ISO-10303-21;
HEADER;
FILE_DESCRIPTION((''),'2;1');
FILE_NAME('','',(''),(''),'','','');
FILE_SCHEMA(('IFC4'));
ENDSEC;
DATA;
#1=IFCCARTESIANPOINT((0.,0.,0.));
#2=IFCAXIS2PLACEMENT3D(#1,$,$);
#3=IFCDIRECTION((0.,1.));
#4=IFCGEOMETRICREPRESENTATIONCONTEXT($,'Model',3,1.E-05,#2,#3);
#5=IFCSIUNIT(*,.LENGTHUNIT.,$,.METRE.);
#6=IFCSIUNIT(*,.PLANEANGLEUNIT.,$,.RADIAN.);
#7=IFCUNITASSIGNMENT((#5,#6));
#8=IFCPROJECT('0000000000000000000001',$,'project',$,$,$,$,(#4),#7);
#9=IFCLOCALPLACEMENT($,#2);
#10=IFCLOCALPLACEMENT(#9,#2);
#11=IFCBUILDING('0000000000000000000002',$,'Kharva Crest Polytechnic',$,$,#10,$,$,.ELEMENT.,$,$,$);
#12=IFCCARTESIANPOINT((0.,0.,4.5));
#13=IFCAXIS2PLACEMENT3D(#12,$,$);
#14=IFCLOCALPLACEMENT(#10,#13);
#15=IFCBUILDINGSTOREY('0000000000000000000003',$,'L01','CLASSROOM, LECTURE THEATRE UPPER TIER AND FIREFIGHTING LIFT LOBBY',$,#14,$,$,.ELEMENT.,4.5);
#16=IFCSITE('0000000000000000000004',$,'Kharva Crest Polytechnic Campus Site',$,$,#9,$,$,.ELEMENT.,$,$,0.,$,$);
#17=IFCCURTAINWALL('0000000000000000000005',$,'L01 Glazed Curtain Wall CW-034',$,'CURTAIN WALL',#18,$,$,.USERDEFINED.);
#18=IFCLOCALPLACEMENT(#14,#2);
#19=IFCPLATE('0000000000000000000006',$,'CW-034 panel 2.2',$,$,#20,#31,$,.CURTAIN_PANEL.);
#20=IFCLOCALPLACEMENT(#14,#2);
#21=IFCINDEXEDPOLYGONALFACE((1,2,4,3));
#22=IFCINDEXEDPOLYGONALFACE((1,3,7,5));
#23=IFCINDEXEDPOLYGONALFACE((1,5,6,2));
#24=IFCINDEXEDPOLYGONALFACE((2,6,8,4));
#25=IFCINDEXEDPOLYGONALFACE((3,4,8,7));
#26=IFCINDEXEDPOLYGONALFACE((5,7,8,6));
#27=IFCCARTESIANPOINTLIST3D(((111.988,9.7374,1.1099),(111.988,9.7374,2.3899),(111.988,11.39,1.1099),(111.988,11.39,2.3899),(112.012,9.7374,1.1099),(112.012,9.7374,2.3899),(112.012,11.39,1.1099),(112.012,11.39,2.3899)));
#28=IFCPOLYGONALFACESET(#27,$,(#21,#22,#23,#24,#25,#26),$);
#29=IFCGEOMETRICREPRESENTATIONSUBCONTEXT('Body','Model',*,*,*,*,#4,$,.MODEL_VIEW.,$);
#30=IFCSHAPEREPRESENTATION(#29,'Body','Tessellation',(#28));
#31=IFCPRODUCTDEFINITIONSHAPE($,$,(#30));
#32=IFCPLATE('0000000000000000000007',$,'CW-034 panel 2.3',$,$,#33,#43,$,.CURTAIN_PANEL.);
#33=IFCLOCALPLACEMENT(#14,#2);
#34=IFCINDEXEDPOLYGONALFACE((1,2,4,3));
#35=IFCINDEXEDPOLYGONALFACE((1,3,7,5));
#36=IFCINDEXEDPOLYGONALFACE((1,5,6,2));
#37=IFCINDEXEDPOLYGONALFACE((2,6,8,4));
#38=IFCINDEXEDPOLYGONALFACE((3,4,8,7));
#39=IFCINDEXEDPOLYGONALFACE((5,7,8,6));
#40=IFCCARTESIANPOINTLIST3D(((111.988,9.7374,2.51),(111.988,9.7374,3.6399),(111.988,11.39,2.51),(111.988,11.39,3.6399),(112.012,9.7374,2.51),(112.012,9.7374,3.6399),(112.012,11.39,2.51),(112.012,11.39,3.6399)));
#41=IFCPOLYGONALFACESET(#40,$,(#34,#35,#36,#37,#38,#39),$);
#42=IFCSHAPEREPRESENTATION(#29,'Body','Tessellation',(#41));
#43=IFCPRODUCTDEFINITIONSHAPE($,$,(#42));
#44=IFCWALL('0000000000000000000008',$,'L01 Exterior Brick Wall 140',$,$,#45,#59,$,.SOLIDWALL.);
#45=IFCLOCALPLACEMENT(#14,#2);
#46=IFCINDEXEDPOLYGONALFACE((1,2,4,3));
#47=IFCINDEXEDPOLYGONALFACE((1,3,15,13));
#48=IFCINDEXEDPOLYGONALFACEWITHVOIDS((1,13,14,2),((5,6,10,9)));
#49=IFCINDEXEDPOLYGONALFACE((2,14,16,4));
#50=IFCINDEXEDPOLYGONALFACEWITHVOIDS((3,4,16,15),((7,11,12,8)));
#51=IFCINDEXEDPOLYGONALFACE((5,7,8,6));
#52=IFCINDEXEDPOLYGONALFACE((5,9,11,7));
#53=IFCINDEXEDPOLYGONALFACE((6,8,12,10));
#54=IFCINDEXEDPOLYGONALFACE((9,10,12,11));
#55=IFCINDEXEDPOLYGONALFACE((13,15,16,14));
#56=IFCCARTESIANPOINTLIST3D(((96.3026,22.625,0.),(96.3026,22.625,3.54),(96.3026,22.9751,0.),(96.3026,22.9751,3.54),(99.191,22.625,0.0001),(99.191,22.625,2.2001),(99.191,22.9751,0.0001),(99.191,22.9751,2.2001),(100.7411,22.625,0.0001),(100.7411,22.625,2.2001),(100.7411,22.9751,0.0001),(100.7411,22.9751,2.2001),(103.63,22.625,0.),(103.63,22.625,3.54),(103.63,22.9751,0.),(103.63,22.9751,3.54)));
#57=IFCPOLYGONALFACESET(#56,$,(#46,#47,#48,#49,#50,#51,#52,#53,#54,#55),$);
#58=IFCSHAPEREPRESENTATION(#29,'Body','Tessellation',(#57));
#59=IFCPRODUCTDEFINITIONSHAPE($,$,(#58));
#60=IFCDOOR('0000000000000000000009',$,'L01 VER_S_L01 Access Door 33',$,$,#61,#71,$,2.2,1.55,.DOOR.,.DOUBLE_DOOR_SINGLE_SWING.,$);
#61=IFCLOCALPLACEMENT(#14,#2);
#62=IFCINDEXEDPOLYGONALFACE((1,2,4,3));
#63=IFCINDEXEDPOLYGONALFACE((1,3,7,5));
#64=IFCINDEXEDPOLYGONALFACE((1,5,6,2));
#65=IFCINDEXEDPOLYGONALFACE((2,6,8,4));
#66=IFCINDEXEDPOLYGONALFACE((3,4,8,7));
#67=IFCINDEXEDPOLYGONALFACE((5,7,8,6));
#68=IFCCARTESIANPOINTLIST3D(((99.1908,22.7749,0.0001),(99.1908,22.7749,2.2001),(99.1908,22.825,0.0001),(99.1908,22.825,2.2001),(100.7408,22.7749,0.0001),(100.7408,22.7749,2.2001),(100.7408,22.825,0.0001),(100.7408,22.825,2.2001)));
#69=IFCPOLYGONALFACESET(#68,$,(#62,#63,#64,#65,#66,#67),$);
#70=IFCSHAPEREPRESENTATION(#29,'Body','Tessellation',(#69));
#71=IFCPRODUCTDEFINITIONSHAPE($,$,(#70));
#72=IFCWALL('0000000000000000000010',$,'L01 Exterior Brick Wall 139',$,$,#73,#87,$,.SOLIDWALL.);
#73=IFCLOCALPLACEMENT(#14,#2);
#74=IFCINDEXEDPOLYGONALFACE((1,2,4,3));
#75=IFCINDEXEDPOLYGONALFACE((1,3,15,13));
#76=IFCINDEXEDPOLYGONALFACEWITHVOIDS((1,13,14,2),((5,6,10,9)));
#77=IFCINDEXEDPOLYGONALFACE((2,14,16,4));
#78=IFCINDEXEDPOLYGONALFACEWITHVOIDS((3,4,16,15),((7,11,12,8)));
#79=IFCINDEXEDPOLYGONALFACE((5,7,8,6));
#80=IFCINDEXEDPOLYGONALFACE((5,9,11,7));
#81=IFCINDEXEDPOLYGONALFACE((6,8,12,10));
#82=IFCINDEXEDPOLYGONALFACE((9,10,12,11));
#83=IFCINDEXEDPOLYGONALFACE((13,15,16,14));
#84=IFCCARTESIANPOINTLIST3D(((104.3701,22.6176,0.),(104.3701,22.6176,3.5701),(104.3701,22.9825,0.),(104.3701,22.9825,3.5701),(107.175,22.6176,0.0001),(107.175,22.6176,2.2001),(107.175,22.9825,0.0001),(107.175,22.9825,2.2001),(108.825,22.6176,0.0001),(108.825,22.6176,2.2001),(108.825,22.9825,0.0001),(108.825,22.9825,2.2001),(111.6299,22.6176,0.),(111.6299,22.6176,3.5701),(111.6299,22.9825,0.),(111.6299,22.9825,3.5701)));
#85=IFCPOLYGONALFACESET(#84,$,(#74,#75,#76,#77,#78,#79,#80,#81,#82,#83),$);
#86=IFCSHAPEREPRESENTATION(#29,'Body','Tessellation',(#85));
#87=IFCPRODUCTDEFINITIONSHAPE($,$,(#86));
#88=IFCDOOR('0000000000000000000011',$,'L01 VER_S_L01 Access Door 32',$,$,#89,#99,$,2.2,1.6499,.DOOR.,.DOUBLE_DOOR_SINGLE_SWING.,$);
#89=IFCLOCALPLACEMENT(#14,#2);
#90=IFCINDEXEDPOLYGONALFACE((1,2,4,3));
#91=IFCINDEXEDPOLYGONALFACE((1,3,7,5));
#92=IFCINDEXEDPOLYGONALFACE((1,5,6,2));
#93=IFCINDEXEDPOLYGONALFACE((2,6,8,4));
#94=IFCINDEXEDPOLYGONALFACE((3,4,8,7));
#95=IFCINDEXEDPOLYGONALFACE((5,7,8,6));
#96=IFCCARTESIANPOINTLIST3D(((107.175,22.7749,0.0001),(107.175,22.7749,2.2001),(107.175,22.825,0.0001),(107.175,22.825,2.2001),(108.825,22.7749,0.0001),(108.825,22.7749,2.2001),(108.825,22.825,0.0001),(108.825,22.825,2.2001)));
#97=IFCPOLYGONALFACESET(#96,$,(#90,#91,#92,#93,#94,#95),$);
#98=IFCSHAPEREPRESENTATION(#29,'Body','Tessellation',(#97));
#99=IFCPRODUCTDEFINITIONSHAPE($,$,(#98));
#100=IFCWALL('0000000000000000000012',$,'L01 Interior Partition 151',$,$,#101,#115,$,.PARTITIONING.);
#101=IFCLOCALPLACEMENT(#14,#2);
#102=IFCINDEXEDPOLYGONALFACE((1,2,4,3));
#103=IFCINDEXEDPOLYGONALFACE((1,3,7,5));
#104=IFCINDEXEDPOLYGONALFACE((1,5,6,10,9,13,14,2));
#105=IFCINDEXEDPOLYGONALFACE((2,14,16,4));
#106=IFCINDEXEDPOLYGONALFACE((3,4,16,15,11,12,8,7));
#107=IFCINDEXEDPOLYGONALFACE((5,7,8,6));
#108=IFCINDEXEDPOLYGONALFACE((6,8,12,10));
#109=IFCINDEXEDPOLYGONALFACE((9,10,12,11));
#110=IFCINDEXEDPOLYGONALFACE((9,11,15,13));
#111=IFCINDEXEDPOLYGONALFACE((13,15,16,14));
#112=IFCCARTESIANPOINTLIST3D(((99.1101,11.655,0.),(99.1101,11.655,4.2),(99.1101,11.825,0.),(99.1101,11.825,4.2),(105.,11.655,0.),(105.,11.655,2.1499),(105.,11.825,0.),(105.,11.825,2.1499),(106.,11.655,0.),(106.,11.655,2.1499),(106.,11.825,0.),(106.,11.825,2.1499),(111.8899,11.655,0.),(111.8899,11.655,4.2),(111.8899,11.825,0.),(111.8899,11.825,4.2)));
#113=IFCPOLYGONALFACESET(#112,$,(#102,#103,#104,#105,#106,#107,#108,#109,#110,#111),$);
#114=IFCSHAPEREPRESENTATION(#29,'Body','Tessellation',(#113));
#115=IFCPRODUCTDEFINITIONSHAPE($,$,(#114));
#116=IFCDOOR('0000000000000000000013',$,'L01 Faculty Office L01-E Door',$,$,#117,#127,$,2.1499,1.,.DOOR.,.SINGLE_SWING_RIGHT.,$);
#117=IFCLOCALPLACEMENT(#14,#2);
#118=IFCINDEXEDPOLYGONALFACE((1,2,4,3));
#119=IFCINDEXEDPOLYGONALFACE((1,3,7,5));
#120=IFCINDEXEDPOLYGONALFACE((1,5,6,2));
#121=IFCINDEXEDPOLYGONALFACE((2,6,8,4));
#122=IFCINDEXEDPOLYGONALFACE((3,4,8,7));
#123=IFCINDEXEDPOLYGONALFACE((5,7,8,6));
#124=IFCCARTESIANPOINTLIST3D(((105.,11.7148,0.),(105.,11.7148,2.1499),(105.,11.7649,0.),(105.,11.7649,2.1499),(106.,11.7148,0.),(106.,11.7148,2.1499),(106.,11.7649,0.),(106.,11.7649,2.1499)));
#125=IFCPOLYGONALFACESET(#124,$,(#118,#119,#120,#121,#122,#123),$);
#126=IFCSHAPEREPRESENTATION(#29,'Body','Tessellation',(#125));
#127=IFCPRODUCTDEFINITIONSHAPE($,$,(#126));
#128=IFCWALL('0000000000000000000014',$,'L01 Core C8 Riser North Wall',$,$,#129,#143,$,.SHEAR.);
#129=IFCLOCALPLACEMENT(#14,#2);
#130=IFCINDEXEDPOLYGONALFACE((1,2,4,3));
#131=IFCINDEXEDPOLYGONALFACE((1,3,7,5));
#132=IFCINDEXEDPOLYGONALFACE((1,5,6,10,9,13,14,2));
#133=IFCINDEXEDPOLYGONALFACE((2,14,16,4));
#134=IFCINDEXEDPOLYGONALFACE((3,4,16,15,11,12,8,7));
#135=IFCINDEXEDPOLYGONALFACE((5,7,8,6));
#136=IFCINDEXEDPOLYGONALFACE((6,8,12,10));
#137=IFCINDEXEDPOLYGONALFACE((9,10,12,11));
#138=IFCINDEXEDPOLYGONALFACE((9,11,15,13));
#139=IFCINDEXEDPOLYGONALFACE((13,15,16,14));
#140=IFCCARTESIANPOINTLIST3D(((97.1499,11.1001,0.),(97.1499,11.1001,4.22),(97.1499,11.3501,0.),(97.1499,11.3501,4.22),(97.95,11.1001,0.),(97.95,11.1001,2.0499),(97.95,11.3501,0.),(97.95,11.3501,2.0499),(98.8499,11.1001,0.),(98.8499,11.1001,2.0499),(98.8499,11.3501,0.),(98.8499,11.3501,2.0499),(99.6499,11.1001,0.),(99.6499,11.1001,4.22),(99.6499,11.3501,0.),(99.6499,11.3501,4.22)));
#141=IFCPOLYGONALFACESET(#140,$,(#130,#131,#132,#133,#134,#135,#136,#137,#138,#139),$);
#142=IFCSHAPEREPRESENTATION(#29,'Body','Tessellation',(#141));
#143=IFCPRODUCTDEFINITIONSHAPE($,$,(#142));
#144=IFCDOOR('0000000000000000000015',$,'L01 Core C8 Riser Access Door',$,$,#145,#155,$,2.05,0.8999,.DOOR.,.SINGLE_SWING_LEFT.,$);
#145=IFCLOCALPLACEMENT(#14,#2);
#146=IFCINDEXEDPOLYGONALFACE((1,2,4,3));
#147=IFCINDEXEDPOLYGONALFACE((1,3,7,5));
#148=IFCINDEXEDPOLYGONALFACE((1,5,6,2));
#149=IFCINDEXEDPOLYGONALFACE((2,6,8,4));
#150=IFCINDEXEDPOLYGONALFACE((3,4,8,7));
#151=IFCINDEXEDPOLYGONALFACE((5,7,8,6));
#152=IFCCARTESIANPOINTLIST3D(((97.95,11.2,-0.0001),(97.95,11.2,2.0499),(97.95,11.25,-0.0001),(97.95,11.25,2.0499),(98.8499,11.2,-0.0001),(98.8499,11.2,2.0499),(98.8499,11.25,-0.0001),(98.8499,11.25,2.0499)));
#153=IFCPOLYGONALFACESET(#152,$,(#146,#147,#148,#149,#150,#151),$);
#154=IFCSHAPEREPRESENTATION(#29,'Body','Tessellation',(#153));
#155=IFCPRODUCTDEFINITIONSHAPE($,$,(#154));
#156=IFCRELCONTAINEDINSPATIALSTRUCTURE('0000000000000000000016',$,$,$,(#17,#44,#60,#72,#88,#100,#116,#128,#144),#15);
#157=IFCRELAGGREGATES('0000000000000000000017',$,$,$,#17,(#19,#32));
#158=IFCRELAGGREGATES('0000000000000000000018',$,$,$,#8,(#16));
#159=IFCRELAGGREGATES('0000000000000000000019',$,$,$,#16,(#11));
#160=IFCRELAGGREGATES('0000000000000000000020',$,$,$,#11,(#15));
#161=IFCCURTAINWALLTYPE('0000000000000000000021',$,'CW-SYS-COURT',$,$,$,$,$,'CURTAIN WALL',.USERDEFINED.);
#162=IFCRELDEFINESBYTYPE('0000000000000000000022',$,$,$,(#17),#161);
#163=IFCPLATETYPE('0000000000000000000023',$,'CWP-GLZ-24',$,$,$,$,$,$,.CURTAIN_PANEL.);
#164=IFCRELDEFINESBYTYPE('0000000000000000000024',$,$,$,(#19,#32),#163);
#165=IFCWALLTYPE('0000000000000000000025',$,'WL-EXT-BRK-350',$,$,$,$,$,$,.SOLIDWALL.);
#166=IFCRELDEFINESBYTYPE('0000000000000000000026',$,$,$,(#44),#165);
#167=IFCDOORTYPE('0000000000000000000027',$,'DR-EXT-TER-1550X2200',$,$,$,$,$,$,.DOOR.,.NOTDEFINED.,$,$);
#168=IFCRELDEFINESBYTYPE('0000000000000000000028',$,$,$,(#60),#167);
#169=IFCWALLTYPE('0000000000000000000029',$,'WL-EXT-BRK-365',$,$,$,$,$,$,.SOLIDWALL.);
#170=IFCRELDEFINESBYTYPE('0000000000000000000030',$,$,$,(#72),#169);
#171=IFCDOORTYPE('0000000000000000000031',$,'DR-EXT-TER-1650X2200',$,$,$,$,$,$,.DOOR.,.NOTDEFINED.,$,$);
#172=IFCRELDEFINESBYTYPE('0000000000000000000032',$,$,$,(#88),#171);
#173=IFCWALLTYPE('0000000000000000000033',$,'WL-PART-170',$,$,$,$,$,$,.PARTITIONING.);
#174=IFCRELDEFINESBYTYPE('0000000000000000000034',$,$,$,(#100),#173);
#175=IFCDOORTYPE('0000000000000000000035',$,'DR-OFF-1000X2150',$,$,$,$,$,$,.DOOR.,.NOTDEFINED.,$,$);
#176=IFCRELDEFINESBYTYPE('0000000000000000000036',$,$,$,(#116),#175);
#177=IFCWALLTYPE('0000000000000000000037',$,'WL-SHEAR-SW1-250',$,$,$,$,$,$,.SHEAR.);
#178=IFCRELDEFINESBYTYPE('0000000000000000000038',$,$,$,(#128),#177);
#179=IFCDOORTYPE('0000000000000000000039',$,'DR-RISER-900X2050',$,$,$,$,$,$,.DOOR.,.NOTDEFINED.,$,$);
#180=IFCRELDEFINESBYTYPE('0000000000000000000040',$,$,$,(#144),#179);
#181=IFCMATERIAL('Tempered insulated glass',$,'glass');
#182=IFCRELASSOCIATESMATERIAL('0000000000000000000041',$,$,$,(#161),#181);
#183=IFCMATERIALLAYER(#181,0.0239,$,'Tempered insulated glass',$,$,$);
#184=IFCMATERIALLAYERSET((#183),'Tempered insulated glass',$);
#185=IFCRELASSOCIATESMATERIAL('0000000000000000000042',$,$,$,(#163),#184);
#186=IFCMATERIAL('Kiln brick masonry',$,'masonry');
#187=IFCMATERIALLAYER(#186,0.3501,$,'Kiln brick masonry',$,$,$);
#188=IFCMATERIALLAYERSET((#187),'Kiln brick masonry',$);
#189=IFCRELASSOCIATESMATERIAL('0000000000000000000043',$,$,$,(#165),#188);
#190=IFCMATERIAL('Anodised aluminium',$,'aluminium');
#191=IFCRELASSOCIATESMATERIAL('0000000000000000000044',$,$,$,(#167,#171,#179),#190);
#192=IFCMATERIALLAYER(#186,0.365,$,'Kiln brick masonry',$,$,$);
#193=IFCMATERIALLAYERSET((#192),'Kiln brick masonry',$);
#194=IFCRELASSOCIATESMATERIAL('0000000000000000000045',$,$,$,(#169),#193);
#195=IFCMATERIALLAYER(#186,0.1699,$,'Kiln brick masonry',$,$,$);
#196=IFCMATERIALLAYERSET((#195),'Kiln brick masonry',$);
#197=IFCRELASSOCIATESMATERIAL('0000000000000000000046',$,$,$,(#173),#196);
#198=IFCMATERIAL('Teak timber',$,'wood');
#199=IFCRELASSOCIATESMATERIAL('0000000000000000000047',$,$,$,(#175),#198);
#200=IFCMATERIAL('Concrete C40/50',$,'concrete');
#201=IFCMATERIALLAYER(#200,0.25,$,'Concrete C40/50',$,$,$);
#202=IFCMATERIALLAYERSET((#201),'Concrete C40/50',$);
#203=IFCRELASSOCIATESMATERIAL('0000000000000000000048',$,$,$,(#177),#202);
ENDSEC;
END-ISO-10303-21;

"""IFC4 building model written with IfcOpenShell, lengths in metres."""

from ifc_helpers import new_model, si_unit, direction, frame, frame_2d, origin, origin_2d, place, context, subcontext, project, spatial, rectangle, extrude, material, layer, layer_set, type_object, element, fill, aggregate, save


model = new_model("IFC4")

# Units and contexts
model_context = context("Model", 3, precision=1e-05, world=origin(), true_north=direction((0.0, 1.0)))
body_context = subcontext(model_context, "Body", "Model", "MODEL_VIEW")
ifc_project = project(units=[si_unit("LENGTHUNIT", "METRE"), si_unit("PLANEANGLEUNIT", "RADIAN")], contexts=[model_context])

# Site, building, storey
site_placement = place(None, origin())
site = spatial("IfcSite", under=ifc_project, at=site_placement, Name="Kharva Crest Polytechnic Campus Site", CompositionType="ELEMENT", RefElevation=0.0)
building_placement = place(site_placement, origin())
building = spatial("IfcBuilding", under=site, at=building_placement, Name="Kharva Crest Polytechnic", CompositionType="ELEMENT")
storey_placement = place(building_placement, frame((0.0, 0.0, 4.5)))
storey = spatial("IfcBuildingStorey", under=building, at=storey_placement, Name="L01", Description="CLASSROOM, LECTURE THEATRE UPPER TIER AND FIREFIGHTING LIFT LOBBY", CompositionType="ELEMENT", Elevation=4.5)

# Shared definitions
ifc_material_1 = material(Name="Concrete C40/50", Category="concrete")

# Curtain wall
ifc_material_2 = material(Name="Tempered insulated glass", Category="glass")
curtain_wall_type = type_object("IfcCurtainWallType", Name="CW-SYS-COURT", ElementType="CURTAIN WALL", PredefinedType="USERDEFINED", material=ifc_material_2)
curtain_wall_placement = place(storey_placement, origin())
curtain_wall = element("IfcCurtainWall", 1, at=curtain_wall_placement, inside=storey, type_object=curtain_wall_type, Name="L01 Glazed Curtain Wall CW-034", ObjectType="CURTAIN WALL", PredefinedType="USERDEFINED")

# Plates
ifc_layer_1 = layer(ifc_material_2, 0.0239, Name="Tempered insulated glass")
ifc_layer_set_1 = layer_set([ifc_layer_1], Name="Tempered insulated glass")
plate_type = type_object("IfcPlateType", Name="CWP-GLZ-24", PredefinedType="CURTAIN_PANEL", material=ifc_layer_set_1)
plate_1_placement = place(storey_placement, frame((112.0, 10.5637, 1.1099), z_axis=(0.0, 0.0, 1.0), x_axis=(0.0, 1.0, 0.0)))
plate_1 = element("IfcPlate", 2, at=plate_1_placement, type_object=plate_type, Name="CW-034 panel 2.2", PredefinedType="CURTAIN_PANEL", context=body_context, shape_type="SweptSolid", body=[
    extrude(rectangle(XDim=1.6526, YDim=0.0239, at=origin_2d()), origin(), (0.0, 0.0, 1.0), 1.28),
])
plate_2_placement = place(storey_placement, frame((112.0, 10.5637, 2.51), z_axis=(0.0, 0.0, 1.0), x_axis=(0.0, 1.0, 0.0)))
plate_2 = element("IfcPlate", 3, at=plate_2_placement, type_object=plate_type, Name="CW-034 panel 2.3", PredefinedType="CURTAIN_PANEL", context=body_context, shape_type="SweptSolid", body=[
    extrude(rectangle(XDim=1.6526, YDim=0.0239, at=origin_2d()), origin(), (0.0, 0.0, 1.0), 1.1299),
])
aggregate(curtain_wall, [plate_1, plate_2])

# Walls, openings, doors
ifc_material_3 = material(Name="Kiln brick masonry", Category="masonry")
ifc_layer_2 = layer(ifc_material_3, 0.3501, Name="Kiln brick masonry")
ifc_layer_set_2 = layer_set([ifc_layer_2], Name="Kiln brick masonry")
wall_type_1 = type_object("IfcWallType", Name="WL-EXT-BRK-350", PredefinedType="SOLIDWALL", material=ifc_layer_set_2)
wall_1_placement = place(storey_placement, frame((103.6299, 22.8, 0.0), z_axis=(0.0, 0.0, 1.0), x_axis=(-1.0, 0.0, 0.0)))
wall_1 = element("IfcWall", 4, at=wall_1_placement, inside=storey, type_object=wall_type_1, Name="L01 Exterior Brick Wall 140", PredefinedType="SOLIDWALL", context=body_context, shape_type="SweptSolid", body=[
    extrude(rectangle(XDim=7.3274, YDim=0.3501, at=frame_2d((3.6636, 0.0))), origin(), (0.0, 0.0, 1.0), 3.54),
])
opening_1_placement = place(wall_1_placement, frame((2.8889, 0.0, 0.0)))
opening_1 = element("IfcOpeningElement", 5, at=opening_1_placement, cuts=wall_1, PredefinedType="OPENING", context=body_context, shape_type="SweptSolid", body=[
    extrude(rectangle(XDim=1.55, YDim=2.2, at=frame_2d((0.7749, 1.1001))), frame((0.0, 0.1851, 0.0), z_axis=(0.0, -1.0, 0.0), x_axis=(1.0, 0.0, 0.0)), (0.0, 0.0, 1.0), 0.3701),
])
ifc_material_4 = material(Name="Anodised aluminium", Category="aluminium")
door_type_1 = type_object("IfcDoorType", Name="DR-EXT-TER-1550X2200", OperationType="NOTDEFINED", PredefinedType="DOOR", material=ifc_material_4)
door_1_placement = place(opening_1_placement, frame((1.55, 0.0, 0.0), z_axis=(0.0, 0.0, 1.0), x_axis=(-1.0, 0.0, 0.0)))
door_1 = element("IfcDoor", 6, at=door_1_placement, inside=storey, type_object=door_type_1, Name="L01 VER_S_L01 Access Door 33", OperationType="DOUBLE_DOOR_SINGLE_SWING", OverallHeight=2.2, OverallWidth=1.55, PredefinedType="DOOR", context=body_context, shape_type="SweptSolid", body=[
    extrude(rectangle(XDim=1.55, YDim=2.2, at=frame_2d((0.7749, 1.1001))), frame((0.0, 0.0249, 0.0), z_axis=(0.0, -1.0, 0.0), x_axis=(1.0, 0.0, 0.0)), (0.0, 0.0, 1.0), 0.05),
])
fill(opening_1, door_1)
ifc_layer_3 = layer(ifc_material_3, 0.365, Name="Kiln brick masonry")
ifc_layer_set_3 = layer_set([ifc_layer_3], Name="Kiln brick masonry")
wall_type_2 = type_object("IfcWallType", Name="WL-EXT-BRK-365", PredefinedType="SOLIDWALL", material=ifc_layer_set_3)
wall_2_placement = place(storey_placement, frame((111.6299, 22.8, 0.0), z_axis=(0.0, 0.0, 1.0), x_axis=(-1.0, 0.0, 0.0)))
wall_2 = element("IfcWall", 7, at=wall_2_placement, inside=storey, type_object=wall_type_2, Name="L01 Exterior Brick Wall 139", PredefinedType="SOLIDWALL", context=body_context, shape_type="SweptSolid", body=[
    extrude(rectangle(XDim=7.2598, YDim=0.365, at=frame_2d((3.6299, 0.0))), origin(), (0.0, 0.0, 1.0), 3.5701),
])
opening_2_placement = place(wall_2_placement, frame((2.8049, 0.0, 0.0)))
opening_2 = element("IfcOpeningElement", 8, at=opening_2_placement, cuts=wall_2, PredefinedType="OPENING", context=body_context, shape_type="SweptSolid", body=[
    extrude(rectangle(XDim=1.6499, YDim=2.2, at=frame_2d((0.825, 1.1001))), frame((0.0, 0.1924, 0.0), z_axis=(0.0, -1.0, 0.0), x_axis=(1.0, 0.0, 0.0)), (0.0, 0.0, 1.0), 0.385),
])
door_type_2 = type_object("IfcDoorType", Name="DR-EXT-TER-1650X2200", OperationType="NOTDEFINED", PredefinedType="DOOR", material=ifc_material_4)
door_2_placement = place(opening_2_placement, frame((1.6499, 0.0, 0.0), z_axis=(0.0, 0.0, 1.0), x_axis=(-1.0, 0.0, 0.0)))
door_2 = element("IfcDoor", 9, at=door_2_placement, inside=storey, type_object=door_type_2, Name="L01 VER_S_L01 Access Door 32", OperationType="DOUBLE_DOOR_SINGLE_SWING", OverallHeight=2.2, OverallWidth=1.6499, PredefinedType="DOOR", context=body_context, shape_type="SweptSolid", body=[
    extrude(rectangle(XDim=1.6499, YDim=2.2, at=frame_2d((0.825, 1.1001))), frame((0.0, 0.0249, 0.0), z_axis=(0.0, -1.0, 0.0), x_axis=(1.0, 0.0, 0.0)), (0.0, 0.0, 1.0), 0.05),
])
fill(opening_2, door_2)
ifc_layer_4 = layer(ifc_material_3, 0.1699, Name="Kiln brick masonry")
ifc_layer_set_4 = layer_set([ifc_layer_4], Name="Kiln brick masonry")
wall_type_3 = type_object("IfcWallType", Name="WL-PART-170", PredefinedType="PARTITIONING", material=ifc_layer_set_4)
wall_3_placement = place(storey_placement, frame((99.1101, 11.74, 0.0), z_axis=(0.0, 0.0, 1.0), x_axis=(1.0, 0.0, 0.0)))
wall_3 = element("IfcWall", 10, at=wall_3_placement, inside=storey, type_object=wall_type_3, Name="L01 Interior Partition 151", PredefinedType="PARTITIONING", context=body_context, shape_type="SweptSolid", body=[
    extrude(rectangle(XDim=12.7798, YDim=0.1699, at=frame_2d((6.3899, 0.0))), origin(), (0.0, 0.0, 1.0), 4.2),
])
opening_3_placement = place(wall_3_placement, frame((5.8899, 0.0, 0.0)))
opening_3 = element("IfcOpeningElement", 11, at=opening_3_placement, cuts=wall_3, PredefinedType="OPENING", context=body_context, shape_type="SweptSolid", body=[
    extrude(rectangle(XDim=1.0, YDim=2.1499, at=frame_2d((0.5, 1.075))), frame((0.0, 0.095, 0.0), z_axis=(0.0, -1.0, 0.0), x_axis=(1.0, 0.0, 0.0)), (0.0, 0.0, 1.0), 0.1899),
])
ifc_material_5 = material(Name="Teak timber", Category="wood")
door_type_3 = type_object("IfcDoorType", Name="DR-OFF-1000X2150", OperationType="NOTDEFINED", PredefinedType="DOOR", material=ifc_material_5)
door_3_placement = place(opening_3_placement, origin())
door_3 = element("IfcDoor", 12, at=door_3_placement, inside=storey, type_object=door_type_3, Name="L01 Faculty Office L01-E Door", OperationType="SINGLE_SWING_RIGHT", OverallHeight=2.1499, OverallWidth=1.0, PredefinedType="DOOR", context=body_context, shape_type="SweptSolid", body=[
    extrude(rectangle(XDim=1.0, YDim=2.1499, at=frame_2d((0.5, 1.075))), frame((0.0, 0.0249, 0.0), z_axis=(0.0, -1.0, 0.0), x_axis=(1.0, 0.0, 0.0)), (0.0, 0.0, 1.0), 0.05),
])
fill(opening_3, door_3)
ifc_layer_5 = layer(ifc_material_1, 0.25, Name="Concrete C40/50")
ifc_layer_set_5 = layer_set([ifc_layer_5], Name="Concrete C40/50")
wall_type_4 = type_object("IfcWallType", Name="WL-SHEAR-SW1-250", PredefinedType="SHEAR", material=ifc_layer_set_5)
wall_4_placement = place(storey_placement, frame((97.1499, 11.2251, 0.0), z_axis=(0.0, 0.0, 1.0), x_axis=(1.0, 0.0, 0.0)))
wall_4 = element("IfcWall", 13, at=wall_4_placement, inside=storey, type_object=wall_type_4, Name="L01 Core C8 Riser North Wall", PredefinedType="SHEAR", context=body_context, shape_type="SweptSolid", body=[
    extrude(rectangle(XDim=2.5, YDim=0.25, at=frame_2d((1.25, 0.0))), origin(), (0.0, 0.0, 1.0), 4.22),
])
opening_4_placement = place(wall_4_placement, frame((0.8, 0.0, 0.0)))
opening_4 = element("IfcOpeningElement", 14, at=opening_4_placement, cuts=wall_4, PredefinedType="OPENING", context=body_context, shape_type="SweptSolid", body=[
    extrude(rectangle(XDim=0.8999, YDim=2.05, at=frame_2d((0.45, 1.0249))), frame((0.0, 0.135, 0.0), z_axis=(0.0, -1.0, 0.0), x_axis=(1.0, 0.0, 0.0)), (0.0, 0.0, 1.0), 0.27),
])
door_type_4 = type_object("IfcDoorType", Name="DR-RISER-900X2050", OperationType="NOTDEFINED", PredefinedType="DOOR", material=ifc_material_4)
door_4_placement = place(opening_4_placement, origin())
door_4 = element("IfcDoor", 15, at=door_4_placement, inside=storey, type_object=door_type_4, Name="L01 Core C8 Riser Access Door", OperationType="SINGLE_SWING_LEFT", OverallHeight=2.05, OverallWidth=0.8999, PredefinedType="DOOR", context=body_context, shape_type="SweptSolid", body=[
    extrude(rectangle(XDim=0.8999, YDim=2.05, at=frame_2d((0.45, 1.0249))), frame((0.0, 0.0249, 0.0), z_axis=(0.0, -1.0, 0.0), x_axis=(1.0, 0.0, 0.0)), (0.0, 0.0, 1.0), 0.05),
])
fill(opening_4, door_4)

save(model, "model.ifc")
